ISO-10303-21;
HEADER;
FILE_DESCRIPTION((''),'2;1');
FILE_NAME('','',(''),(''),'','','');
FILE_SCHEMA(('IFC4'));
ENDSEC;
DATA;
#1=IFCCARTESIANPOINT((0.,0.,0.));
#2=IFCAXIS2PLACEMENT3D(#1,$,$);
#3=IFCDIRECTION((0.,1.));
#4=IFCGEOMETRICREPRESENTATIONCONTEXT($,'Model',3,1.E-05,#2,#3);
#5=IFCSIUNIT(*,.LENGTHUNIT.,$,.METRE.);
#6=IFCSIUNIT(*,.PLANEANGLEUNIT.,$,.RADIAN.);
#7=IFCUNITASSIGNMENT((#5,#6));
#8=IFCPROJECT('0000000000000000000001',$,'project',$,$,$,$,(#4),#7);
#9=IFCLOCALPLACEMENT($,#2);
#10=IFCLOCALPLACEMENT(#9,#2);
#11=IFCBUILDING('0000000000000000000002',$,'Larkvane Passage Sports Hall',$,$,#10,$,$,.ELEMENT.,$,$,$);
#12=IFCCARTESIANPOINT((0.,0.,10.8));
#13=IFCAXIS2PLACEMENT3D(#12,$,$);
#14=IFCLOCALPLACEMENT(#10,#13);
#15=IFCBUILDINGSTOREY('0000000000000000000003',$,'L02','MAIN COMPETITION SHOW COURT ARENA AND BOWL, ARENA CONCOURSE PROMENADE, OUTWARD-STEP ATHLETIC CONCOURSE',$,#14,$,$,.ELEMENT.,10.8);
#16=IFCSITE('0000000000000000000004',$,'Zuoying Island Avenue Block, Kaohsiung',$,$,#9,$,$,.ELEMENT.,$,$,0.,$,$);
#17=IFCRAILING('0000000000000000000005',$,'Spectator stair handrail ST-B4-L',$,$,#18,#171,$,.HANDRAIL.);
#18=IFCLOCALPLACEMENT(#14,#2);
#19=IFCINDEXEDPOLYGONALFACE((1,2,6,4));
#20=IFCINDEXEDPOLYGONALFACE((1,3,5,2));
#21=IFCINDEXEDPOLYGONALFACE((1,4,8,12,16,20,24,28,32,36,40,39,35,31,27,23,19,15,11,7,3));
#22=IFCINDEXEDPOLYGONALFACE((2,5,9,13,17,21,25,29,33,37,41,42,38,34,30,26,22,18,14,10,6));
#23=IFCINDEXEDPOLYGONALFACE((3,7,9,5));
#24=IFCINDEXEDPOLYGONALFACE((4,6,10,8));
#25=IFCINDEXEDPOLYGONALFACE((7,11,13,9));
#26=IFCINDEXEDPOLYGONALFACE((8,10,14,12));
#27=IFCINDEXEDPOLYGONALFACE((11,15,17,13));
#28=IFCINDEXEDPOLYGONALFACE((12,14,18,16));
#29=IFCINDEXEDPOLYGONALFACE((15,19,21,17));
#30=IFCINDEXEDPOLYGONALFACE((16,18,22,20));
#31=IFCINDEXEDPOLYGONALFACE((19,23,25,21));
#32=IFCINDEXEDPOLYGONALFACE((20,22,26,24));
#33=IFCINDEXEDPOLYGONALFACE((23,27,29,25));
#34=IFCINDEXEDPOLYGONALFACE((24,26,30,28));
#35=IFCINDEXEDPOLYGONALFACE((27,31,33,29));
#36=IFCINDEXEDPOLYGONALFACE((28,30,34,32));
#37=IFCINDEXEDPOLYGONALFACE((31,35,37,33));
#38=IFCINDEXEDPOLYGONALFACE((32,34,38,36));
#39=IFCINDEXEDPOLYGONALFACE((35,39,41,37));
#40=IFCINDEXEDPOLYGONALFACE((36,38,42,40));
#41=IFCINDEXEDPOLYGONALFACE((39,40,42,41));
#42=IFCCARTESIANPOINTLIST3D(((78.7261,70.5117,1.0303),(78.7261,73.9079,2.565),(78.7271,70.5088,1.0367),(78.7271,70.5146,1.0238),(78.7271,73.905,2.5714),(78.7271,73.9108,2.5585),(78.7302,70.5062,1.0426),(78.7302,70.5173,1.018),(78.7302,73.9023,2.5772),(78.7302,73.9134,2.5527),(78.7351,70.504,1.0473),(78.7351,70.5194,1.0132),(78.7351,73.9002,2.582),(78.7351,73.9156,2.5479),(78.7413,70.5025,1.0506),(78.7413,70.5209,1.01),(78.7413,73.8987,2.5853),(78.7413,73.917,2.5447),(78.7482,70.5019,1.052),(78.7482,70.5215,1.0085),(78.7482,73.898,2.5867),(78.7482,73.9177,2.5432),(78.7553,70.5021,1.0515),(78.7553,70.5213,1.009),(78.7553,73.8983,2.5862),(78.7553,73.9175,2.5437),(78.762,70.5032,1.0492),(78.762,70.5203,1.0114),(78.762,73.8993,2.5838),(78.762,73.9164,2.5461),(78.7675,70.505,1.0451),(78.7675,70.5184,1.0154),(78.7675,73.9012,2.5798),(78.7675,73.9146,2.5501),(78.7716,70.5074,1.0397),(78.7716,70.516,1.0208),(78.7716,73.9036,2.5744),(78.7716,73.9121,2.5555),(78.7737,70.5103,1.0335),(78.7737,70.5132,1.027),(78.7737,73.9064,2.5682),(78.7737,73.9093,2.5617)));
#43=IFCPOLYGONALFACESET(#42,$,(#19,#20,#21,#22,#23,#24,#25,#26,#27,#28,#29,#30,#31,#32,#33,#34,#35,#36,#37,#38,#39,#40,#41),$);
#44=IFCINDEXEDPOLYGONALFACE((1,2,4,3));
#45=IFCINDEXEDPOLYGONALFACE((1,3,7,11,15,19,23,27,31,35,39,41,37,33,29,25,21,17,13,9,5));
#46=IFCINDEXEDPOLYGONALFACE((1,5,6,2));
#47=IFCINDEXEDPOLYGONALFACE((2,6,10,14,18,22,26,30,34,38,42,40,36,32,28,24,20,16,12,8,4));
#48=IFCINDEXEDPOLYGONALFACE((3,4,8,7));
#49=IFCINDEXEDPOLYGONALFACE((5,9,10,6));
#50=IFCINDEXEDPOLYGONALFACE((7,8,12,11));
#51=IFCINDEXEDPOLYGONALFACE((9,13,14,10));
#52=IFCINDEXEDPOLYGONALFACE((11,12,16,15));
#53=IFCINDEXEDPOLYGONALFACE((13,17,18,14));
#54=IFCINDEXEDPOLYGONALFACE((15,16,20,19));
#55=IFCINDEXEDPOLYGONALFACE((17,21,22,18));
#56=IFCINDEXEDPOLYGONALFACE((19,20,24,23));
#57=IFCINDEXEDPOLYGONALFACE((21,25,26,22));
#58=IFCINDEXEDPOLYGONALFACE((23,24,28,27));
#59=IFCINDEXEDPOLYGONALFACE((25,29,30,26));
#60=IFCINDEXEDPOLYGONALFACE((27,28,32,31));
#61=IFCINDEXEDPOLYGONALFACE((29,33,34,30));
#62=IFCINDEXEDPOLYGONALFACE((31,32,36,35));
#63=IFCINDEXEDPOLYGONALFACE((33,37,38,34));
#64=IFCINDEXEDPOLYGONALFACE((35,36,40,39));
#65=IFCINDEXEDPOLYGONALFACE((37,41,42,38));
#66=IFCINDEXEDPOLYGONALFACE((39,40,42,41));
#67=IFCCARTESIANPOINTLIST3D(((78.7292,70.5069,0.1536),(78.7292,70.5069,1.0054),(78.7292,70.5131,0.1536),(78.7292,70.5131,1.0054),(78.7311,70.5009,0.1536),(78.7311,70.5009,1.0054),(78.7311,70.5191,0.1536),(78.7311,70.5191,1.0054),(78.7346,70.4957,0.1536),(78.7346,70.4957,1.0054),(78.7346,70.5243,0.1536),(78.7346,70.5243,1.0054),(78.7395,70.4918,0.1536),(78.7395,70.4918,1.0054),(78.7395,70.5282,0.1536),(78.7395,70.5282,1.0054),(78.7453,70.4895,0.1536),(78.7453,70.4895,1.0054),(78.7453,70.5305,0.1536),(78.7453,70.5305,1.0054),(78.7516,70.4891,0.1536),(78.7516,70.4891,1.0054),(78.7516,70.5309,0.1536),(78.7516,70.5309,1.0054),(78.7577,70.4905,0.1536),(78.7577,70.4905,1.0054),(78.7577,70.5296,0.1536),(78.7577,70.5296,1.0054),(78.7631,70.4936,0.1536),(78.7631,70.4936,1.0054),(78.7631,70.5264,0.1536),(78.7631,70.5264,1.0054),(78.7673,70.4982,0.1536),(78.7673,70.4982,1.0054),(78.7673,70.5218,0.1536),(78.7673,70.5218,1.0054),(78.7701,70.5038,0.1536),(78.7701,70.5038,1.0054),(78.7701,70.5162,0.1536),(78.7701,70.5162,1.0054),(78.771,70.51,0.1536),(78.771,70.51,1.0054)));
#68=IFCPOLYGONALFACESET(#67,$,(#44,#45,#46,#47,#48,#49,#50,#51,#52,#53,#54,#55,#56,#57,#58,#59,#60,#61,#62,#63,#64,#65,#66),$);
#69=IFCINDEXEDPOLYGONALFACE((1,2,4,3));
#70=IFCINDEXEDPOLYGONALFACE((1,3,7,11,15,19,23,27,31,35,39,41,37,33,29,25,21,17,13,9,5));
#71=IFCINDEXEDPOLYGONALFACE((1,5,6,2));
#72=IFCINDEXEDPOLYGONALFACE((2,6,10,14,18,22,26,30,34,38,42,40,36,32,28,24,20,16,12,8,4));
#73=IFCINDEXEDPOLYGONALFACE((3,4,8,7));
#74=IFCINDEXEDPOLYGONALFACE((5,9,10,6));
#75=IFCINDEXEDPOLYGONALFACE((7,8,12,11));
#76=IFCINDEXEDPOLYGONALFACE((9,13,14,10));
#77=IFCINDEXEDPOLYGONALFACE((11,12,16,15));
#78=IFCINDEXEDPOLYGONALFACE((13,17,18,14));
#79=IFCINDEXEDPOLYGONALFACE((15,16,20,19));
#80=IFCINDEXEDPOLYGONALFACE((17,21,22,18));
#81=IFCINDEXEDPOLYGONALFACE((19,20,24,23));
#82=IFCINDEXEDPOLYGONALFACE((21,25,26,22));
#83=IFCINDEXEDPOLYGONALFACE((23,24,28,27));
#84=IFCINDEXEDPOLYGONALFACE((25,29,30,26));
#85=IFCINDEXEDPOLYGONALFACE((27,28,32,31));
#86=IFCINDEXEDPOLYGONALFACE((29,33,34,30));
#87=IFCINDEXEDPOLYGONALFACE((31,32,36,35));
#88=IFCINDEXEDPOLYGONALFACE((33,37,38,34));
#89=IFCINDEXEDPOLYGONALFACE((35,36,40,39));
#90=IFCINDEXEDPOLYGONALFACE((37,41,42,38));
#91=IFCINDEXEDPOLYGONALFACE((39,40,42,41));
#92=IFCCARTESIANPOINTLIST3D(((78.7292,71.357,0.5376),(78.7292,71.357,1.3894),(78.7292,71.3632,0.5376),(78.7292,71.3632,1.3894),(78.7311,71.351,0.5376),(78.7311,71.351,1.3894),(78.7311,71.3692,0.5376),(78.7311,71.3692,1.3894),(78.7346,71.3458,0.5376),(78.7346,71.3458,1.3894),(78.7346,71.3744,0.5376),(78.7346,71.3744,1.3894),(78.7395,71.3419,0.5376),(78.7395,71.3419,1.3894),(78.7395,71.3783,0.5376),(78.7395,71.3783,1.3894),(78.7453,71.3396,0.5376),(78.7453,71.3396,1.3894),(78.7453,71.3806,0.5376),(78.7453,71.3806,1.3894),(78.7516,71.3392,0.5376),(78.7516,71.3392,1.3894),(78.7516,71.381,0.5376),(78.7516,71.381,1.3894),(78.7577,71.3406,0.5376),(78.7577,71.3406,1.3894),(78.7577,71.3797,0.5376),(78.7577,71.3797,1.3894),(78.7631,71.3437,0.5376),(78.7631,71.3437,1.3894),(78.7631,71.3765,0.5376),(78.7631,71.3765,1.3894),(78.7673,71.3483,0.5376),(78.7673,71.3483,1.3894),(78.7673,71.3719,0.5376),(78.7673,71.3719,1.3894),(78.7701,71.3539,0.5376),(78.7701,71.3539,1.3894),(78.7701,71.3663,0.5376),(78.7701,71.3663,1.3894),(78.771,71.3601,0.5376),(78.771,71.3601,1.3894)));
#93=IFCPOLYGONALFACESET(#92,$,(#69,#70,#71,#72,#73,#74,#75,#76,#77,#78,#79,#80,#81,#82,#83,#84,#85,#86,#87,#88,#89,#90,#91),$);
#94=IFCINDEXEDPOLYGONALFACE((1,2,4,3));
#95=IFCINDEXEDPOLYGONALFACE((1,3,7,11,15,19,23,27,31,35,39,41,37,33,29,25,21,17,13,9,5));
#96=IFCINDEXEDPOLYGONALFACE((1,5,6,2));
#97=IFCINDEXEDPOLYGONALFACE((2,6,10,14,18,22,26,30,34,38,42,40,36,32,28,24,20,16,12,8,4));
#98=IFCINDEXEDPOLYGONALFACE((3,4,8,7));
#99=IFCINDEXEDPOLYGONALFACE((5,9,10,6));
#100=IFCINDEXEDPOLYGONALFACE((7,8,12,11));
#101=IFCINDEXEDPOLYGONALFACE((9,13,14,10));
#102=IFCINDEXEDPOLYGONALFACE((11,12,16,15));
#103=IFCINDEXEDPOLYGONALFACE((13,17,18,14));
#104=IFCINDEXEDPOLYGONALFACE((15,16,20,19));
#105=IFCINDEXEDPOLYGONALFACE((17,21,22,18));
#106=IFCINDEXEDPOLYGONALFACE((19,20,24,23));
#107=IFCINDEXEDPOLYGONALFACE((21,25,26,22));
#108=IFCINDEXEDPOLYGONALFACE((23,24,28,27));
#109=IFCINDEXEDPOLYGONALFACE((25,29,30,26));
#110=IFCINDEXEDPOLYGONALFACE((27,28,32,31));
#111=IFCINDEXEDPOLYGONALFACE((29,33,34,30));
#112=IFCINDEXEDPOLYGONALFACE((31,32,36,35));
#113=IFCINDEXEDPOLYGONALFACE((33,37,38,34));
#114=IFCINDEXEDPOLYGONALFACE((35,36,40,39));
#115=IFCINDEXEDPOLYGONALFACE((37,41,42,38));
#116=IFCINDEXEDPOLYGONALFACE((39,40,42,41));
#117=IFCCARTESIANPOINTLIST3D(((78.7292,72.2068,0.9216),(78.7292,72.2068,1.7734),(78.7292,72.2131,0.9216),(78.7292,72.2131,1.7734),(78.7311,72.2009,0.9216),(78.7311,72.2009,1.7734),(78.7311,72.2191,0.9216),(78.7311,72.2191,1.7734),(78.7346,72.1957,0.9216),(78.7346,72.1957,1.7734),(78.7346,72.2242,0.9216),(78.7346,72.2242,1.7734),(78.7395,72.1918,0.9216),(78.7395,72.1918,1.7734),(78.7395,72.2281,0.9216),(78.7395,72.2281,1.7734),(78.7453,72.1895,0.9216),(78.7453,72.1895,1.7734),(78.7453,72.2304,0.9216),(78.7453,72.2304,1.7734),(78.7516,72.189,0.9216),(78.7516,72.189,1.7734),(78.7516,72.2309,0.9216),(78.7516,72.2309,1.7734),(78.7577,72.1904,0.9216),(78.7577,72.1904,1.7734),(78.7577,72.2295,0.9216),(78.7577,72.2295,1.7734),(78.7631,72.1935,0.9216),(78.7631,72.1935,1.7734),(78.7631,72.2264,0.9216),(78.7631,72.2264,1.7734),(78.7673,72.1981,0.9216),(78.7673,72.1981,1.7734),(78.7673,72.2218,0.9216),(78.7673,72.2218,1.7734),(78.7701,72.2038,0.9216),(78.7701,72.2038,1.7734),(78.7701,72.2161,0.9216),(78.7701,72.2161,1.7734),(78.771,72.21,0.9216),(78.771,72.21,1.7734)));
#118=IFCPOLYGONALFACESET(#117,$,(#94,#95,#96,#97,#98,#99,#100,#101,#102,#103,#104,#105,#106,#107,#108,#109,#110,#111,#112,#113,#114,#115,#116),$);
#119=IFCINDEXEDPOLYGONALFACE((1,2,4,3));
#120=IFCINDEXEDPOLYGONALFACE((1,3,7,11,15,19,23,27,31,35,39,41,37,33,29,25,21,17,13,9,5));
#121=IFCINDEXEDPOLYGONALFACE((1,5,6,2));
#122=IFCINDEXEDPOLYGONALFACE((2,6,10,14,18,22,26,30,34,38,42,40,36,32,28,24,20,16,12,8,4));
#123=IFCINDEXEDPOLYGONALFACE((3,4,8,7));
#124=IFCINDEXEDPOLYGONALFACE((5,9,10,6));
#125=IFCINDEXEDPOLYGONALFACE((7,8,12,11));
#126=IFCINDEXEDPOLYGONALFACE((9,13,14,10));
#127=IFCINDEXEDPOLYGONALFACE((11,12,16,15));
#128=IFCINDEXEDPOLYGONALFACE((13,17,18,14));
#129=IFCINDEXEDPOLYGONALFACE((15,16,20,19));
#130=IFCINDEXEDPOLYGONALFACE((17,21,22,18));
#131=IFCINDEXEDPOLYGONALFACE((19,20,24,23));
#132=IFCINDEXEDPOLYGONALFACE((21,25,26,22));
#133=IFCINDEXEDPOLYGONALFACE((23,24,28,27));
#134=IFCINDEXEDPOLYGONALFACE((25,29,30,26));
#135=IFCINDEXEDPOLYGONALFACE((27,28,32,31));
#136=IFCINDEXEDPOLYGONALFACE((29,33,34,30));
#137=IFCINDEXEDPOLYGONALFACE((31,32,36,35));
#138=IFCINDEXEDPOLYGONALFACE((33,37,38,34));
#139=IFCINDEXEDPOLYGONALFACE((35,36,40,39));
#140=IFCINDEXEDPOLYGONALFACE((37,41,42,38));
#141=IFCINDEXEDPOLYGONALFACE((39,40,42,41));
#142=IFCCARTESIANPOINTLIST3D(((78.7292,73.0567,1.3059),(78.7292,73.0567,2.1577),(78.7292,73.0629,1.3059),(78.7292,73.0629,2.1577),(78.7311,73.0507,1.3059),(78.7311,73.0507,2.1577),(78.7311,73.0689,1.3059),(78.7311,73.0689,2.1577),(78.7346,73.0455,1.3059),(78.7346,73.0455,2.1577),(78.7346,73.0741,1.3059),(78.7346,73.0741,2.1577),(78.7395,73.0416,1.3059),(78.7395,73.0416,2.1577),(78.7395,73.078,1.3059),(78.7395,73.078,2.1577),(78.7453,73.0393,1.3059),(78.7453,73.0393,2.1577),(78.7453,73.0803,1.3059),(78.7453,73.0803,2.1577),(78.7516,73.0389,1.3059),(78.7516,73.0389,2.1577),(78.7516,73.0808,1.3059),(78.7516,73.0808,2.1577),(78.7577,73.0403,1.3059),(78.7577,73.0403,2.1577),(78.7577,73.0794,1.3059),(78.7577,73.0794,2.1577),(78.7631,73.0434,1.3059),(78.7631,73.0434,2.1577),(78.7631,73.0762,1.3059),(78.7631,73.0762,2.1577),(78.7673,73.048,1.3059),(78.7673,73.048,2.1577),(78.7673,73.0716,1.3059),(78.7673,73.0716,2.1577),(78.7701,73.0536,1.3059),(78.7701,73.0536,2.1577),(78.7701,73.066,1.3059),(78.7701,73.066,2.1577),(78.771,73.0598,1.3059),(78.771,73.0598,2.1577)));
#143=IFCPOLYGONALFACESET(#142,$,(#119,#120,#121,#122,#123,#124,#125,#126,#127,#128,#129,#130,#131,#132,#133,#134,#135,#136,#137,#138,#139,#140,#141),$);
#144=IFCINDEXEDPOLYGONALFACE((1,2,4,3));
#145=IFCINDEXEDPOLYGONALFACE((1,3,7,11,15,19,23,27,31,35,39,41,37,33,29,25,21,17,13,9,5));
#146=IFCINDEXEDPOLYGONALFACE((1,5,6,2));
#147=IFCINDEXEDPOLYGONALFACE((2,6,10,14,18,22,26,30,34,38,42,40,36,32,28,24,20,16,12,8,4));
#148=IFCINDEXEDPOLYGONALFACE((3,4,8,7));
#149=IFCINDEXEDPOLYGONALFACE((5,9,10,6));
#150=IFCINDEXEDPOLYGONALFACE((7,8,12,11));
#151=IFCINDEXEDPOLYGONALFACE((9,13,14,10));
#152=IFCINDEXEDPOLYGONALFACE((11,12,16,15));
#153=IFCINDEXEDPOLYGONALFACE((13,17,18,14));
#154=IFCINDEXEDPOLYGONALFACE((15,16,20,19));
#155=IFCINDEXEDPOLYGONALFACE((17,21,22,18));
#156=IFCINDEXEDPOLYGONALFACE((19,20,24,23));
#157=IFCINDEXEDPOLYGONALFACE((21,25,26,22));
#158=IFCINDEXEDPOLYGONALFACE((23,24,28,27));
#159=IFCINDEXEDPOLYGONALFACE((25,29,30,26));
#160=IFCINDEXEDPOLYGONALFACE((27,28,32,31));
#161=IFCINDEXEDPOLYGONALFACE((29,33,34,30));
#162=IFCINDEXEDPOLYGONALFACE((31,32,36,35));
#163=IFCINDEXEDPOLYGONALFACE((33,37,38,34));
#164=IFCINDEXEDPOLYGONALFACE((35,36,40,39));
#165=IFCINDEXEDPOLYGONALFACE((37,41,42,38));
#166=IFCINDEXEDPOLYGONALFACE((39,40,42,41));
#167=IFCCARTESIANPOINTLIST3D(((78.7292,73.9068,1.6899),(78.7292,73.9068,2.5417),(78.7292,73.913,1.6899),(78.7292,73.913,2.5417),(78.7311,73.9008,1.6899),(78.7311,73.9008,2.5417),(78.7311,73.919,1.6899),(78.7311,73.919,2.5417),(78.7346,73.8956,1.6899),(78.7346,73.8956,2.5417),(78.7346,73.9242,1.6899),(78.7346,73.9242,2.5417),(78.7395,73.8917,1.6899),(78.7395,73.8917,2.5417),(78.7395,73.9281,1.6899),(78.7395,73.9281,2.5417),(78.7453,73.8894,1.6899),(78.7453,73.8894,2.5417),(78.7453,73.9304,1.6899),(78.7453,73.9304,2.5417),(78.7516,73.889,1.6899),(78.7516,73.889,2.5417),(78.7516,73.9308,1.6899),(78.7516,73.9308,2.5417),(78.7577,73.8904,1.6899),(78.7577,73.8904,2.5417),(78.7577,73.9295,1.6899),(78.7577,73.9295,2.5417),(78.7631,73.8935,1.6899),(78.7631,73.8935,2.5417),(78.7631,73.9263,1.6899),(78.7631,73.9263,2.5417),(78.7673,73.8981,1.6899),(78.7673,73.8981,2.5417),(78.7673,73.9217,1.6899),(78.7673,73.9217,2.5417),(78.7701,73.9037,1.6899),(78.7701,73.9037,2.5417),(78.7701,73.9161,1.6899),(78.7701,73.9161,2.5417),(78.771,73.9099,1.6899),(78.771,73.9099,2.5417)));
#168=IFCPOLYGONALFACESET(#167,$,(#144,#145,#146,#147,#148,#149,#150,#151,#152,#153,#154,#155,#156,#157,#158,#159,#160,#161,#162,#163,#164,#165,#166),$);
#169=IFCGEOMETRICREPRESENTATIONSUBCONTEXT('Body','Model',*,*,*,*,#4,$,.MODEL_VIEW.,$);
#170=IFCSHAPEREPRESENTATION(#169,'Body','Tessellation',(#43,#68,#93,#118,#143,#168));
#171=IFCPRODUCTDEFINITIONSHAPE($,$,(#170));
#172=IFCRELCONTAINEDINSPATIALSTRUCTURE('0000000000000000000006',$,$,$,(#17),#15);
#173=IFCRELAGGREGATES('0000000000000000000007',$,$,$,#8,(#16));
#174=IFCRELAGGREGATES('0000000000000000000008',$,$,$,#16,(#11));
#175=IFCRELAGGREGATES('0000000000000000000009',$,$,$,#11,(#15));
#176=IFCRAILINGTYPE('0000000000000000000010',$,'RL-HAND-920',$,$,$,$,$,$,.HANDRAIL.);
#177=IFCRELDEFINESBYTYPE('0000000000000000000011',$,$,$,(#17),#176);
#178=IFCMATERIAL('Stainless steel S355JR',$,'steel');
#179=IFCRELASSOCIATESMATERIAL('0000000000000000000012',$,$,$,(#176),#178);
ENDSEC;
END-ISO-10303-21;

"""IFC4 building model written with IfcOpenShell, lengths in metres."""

from ifc_helpers import new_model, si_unit, direction, frame, origin, origin_2d, place, context, subcontext, project, spatial, circle, extrude, material, type_object, element, save


model = new_model("IFC4")

# Units and contexts
model_context = context("Model", 3, precision=1e-05, world=origin(), true_north=direction((0.0, 1.0)))
body_context = subcontext(model_context, "Body", "Model", "MODEL_VIEW")
ifc_project = project(units=[si_unit("LENGTHUNIT", "METRE"), si_unit("PLANEANGLEUNIT", "RADIAN")], contexts=[model_context])

# Site, building, storey
site_placement = place(None, origin())
site = spatial("IfcSite", under=ifc_project, at=site_placement, Name="Zuoying Island Avenue Block, Kaohsiung", CompositionType="ELEMENT", RefElevation=0.0)
building_placement = place(site_placement, origin())
building = spatial("IfcBuilding", under=site, at=building_placement, Name="Larkvane Passage Sports Hall", CompositionType="ELEMENT")
storey_placement = place(building_placement, frame((0.0, 0.0, 10.8)))
storey = spatial("IfcBuildingStorey", under=building, at=storey_placement, Name="L02", Description="MAIN COMPETITION SHOW COURT ARENA AND BOWL, ARENA CONCOURSE PROMENADE, OUTWARD-STEP ATHLETIC CONCOURSE", CompositionType="ELEMENT", Elevation=10.8)

# Railing
ifc_material_1 = material(Name="Stainless steel S355JR", Category="steel")
railing_type = type_object("IfcRailingType", Name="RL-HAND-920", PredefinedType="HANDRAIL", material=ifc_material_1)
for number, where, name in (
    (1, (78.75, 70.51, 0.1536), "Spectator stair handrail ST-B4-L"),
):
    element("IfcRailing", number, at=place(storey_placement, frame(where)), inside=storey, type_object=railing_type, Name=name, PredefinedType="HANDRAIL", context=body_context, shape_type="SweptSolid", body=[
        extrude(circle(Radius=0.0239, at=origin_2d()), frame((0.0, 0.0017, 0.8767), z_axis=(0.0, 0.911276, 0.411795), x_axis=(-1.0, 0.0, 0.0)), (0.0, 0.0, 1.0), 3.7268),
        extrude(circle(Radius=0.021, at=origin_2d()), origin(), (0.0, 0.0, 1.0), 0.8518),
        extrude(circle(Radius=0.021, at=origin_2d()), frame((0.0, 0.8501, 0.384)), (0.0, 0.0, 1.0), 0.8518),
        extrude(circle(Radius=0.021, at=origin_2d()), frame((0.0, 1.7, 0.7681)), (0.0, 0.0, 1.0), 0.8518),
        extrude(circle(Radius=0.021, at=origin_2d()), frame((0.0, 2.5498, 1.1523)), (0.0, 0.0, 1.0), 0.8518),
        extrude(circle(Radius=0.021, at=origin_2d()), frame((0.0, 3.3999, 1.5364)), (0.0, 0.0, 1.0), 0.8518),
    ])

save(model, "model.ifc")
